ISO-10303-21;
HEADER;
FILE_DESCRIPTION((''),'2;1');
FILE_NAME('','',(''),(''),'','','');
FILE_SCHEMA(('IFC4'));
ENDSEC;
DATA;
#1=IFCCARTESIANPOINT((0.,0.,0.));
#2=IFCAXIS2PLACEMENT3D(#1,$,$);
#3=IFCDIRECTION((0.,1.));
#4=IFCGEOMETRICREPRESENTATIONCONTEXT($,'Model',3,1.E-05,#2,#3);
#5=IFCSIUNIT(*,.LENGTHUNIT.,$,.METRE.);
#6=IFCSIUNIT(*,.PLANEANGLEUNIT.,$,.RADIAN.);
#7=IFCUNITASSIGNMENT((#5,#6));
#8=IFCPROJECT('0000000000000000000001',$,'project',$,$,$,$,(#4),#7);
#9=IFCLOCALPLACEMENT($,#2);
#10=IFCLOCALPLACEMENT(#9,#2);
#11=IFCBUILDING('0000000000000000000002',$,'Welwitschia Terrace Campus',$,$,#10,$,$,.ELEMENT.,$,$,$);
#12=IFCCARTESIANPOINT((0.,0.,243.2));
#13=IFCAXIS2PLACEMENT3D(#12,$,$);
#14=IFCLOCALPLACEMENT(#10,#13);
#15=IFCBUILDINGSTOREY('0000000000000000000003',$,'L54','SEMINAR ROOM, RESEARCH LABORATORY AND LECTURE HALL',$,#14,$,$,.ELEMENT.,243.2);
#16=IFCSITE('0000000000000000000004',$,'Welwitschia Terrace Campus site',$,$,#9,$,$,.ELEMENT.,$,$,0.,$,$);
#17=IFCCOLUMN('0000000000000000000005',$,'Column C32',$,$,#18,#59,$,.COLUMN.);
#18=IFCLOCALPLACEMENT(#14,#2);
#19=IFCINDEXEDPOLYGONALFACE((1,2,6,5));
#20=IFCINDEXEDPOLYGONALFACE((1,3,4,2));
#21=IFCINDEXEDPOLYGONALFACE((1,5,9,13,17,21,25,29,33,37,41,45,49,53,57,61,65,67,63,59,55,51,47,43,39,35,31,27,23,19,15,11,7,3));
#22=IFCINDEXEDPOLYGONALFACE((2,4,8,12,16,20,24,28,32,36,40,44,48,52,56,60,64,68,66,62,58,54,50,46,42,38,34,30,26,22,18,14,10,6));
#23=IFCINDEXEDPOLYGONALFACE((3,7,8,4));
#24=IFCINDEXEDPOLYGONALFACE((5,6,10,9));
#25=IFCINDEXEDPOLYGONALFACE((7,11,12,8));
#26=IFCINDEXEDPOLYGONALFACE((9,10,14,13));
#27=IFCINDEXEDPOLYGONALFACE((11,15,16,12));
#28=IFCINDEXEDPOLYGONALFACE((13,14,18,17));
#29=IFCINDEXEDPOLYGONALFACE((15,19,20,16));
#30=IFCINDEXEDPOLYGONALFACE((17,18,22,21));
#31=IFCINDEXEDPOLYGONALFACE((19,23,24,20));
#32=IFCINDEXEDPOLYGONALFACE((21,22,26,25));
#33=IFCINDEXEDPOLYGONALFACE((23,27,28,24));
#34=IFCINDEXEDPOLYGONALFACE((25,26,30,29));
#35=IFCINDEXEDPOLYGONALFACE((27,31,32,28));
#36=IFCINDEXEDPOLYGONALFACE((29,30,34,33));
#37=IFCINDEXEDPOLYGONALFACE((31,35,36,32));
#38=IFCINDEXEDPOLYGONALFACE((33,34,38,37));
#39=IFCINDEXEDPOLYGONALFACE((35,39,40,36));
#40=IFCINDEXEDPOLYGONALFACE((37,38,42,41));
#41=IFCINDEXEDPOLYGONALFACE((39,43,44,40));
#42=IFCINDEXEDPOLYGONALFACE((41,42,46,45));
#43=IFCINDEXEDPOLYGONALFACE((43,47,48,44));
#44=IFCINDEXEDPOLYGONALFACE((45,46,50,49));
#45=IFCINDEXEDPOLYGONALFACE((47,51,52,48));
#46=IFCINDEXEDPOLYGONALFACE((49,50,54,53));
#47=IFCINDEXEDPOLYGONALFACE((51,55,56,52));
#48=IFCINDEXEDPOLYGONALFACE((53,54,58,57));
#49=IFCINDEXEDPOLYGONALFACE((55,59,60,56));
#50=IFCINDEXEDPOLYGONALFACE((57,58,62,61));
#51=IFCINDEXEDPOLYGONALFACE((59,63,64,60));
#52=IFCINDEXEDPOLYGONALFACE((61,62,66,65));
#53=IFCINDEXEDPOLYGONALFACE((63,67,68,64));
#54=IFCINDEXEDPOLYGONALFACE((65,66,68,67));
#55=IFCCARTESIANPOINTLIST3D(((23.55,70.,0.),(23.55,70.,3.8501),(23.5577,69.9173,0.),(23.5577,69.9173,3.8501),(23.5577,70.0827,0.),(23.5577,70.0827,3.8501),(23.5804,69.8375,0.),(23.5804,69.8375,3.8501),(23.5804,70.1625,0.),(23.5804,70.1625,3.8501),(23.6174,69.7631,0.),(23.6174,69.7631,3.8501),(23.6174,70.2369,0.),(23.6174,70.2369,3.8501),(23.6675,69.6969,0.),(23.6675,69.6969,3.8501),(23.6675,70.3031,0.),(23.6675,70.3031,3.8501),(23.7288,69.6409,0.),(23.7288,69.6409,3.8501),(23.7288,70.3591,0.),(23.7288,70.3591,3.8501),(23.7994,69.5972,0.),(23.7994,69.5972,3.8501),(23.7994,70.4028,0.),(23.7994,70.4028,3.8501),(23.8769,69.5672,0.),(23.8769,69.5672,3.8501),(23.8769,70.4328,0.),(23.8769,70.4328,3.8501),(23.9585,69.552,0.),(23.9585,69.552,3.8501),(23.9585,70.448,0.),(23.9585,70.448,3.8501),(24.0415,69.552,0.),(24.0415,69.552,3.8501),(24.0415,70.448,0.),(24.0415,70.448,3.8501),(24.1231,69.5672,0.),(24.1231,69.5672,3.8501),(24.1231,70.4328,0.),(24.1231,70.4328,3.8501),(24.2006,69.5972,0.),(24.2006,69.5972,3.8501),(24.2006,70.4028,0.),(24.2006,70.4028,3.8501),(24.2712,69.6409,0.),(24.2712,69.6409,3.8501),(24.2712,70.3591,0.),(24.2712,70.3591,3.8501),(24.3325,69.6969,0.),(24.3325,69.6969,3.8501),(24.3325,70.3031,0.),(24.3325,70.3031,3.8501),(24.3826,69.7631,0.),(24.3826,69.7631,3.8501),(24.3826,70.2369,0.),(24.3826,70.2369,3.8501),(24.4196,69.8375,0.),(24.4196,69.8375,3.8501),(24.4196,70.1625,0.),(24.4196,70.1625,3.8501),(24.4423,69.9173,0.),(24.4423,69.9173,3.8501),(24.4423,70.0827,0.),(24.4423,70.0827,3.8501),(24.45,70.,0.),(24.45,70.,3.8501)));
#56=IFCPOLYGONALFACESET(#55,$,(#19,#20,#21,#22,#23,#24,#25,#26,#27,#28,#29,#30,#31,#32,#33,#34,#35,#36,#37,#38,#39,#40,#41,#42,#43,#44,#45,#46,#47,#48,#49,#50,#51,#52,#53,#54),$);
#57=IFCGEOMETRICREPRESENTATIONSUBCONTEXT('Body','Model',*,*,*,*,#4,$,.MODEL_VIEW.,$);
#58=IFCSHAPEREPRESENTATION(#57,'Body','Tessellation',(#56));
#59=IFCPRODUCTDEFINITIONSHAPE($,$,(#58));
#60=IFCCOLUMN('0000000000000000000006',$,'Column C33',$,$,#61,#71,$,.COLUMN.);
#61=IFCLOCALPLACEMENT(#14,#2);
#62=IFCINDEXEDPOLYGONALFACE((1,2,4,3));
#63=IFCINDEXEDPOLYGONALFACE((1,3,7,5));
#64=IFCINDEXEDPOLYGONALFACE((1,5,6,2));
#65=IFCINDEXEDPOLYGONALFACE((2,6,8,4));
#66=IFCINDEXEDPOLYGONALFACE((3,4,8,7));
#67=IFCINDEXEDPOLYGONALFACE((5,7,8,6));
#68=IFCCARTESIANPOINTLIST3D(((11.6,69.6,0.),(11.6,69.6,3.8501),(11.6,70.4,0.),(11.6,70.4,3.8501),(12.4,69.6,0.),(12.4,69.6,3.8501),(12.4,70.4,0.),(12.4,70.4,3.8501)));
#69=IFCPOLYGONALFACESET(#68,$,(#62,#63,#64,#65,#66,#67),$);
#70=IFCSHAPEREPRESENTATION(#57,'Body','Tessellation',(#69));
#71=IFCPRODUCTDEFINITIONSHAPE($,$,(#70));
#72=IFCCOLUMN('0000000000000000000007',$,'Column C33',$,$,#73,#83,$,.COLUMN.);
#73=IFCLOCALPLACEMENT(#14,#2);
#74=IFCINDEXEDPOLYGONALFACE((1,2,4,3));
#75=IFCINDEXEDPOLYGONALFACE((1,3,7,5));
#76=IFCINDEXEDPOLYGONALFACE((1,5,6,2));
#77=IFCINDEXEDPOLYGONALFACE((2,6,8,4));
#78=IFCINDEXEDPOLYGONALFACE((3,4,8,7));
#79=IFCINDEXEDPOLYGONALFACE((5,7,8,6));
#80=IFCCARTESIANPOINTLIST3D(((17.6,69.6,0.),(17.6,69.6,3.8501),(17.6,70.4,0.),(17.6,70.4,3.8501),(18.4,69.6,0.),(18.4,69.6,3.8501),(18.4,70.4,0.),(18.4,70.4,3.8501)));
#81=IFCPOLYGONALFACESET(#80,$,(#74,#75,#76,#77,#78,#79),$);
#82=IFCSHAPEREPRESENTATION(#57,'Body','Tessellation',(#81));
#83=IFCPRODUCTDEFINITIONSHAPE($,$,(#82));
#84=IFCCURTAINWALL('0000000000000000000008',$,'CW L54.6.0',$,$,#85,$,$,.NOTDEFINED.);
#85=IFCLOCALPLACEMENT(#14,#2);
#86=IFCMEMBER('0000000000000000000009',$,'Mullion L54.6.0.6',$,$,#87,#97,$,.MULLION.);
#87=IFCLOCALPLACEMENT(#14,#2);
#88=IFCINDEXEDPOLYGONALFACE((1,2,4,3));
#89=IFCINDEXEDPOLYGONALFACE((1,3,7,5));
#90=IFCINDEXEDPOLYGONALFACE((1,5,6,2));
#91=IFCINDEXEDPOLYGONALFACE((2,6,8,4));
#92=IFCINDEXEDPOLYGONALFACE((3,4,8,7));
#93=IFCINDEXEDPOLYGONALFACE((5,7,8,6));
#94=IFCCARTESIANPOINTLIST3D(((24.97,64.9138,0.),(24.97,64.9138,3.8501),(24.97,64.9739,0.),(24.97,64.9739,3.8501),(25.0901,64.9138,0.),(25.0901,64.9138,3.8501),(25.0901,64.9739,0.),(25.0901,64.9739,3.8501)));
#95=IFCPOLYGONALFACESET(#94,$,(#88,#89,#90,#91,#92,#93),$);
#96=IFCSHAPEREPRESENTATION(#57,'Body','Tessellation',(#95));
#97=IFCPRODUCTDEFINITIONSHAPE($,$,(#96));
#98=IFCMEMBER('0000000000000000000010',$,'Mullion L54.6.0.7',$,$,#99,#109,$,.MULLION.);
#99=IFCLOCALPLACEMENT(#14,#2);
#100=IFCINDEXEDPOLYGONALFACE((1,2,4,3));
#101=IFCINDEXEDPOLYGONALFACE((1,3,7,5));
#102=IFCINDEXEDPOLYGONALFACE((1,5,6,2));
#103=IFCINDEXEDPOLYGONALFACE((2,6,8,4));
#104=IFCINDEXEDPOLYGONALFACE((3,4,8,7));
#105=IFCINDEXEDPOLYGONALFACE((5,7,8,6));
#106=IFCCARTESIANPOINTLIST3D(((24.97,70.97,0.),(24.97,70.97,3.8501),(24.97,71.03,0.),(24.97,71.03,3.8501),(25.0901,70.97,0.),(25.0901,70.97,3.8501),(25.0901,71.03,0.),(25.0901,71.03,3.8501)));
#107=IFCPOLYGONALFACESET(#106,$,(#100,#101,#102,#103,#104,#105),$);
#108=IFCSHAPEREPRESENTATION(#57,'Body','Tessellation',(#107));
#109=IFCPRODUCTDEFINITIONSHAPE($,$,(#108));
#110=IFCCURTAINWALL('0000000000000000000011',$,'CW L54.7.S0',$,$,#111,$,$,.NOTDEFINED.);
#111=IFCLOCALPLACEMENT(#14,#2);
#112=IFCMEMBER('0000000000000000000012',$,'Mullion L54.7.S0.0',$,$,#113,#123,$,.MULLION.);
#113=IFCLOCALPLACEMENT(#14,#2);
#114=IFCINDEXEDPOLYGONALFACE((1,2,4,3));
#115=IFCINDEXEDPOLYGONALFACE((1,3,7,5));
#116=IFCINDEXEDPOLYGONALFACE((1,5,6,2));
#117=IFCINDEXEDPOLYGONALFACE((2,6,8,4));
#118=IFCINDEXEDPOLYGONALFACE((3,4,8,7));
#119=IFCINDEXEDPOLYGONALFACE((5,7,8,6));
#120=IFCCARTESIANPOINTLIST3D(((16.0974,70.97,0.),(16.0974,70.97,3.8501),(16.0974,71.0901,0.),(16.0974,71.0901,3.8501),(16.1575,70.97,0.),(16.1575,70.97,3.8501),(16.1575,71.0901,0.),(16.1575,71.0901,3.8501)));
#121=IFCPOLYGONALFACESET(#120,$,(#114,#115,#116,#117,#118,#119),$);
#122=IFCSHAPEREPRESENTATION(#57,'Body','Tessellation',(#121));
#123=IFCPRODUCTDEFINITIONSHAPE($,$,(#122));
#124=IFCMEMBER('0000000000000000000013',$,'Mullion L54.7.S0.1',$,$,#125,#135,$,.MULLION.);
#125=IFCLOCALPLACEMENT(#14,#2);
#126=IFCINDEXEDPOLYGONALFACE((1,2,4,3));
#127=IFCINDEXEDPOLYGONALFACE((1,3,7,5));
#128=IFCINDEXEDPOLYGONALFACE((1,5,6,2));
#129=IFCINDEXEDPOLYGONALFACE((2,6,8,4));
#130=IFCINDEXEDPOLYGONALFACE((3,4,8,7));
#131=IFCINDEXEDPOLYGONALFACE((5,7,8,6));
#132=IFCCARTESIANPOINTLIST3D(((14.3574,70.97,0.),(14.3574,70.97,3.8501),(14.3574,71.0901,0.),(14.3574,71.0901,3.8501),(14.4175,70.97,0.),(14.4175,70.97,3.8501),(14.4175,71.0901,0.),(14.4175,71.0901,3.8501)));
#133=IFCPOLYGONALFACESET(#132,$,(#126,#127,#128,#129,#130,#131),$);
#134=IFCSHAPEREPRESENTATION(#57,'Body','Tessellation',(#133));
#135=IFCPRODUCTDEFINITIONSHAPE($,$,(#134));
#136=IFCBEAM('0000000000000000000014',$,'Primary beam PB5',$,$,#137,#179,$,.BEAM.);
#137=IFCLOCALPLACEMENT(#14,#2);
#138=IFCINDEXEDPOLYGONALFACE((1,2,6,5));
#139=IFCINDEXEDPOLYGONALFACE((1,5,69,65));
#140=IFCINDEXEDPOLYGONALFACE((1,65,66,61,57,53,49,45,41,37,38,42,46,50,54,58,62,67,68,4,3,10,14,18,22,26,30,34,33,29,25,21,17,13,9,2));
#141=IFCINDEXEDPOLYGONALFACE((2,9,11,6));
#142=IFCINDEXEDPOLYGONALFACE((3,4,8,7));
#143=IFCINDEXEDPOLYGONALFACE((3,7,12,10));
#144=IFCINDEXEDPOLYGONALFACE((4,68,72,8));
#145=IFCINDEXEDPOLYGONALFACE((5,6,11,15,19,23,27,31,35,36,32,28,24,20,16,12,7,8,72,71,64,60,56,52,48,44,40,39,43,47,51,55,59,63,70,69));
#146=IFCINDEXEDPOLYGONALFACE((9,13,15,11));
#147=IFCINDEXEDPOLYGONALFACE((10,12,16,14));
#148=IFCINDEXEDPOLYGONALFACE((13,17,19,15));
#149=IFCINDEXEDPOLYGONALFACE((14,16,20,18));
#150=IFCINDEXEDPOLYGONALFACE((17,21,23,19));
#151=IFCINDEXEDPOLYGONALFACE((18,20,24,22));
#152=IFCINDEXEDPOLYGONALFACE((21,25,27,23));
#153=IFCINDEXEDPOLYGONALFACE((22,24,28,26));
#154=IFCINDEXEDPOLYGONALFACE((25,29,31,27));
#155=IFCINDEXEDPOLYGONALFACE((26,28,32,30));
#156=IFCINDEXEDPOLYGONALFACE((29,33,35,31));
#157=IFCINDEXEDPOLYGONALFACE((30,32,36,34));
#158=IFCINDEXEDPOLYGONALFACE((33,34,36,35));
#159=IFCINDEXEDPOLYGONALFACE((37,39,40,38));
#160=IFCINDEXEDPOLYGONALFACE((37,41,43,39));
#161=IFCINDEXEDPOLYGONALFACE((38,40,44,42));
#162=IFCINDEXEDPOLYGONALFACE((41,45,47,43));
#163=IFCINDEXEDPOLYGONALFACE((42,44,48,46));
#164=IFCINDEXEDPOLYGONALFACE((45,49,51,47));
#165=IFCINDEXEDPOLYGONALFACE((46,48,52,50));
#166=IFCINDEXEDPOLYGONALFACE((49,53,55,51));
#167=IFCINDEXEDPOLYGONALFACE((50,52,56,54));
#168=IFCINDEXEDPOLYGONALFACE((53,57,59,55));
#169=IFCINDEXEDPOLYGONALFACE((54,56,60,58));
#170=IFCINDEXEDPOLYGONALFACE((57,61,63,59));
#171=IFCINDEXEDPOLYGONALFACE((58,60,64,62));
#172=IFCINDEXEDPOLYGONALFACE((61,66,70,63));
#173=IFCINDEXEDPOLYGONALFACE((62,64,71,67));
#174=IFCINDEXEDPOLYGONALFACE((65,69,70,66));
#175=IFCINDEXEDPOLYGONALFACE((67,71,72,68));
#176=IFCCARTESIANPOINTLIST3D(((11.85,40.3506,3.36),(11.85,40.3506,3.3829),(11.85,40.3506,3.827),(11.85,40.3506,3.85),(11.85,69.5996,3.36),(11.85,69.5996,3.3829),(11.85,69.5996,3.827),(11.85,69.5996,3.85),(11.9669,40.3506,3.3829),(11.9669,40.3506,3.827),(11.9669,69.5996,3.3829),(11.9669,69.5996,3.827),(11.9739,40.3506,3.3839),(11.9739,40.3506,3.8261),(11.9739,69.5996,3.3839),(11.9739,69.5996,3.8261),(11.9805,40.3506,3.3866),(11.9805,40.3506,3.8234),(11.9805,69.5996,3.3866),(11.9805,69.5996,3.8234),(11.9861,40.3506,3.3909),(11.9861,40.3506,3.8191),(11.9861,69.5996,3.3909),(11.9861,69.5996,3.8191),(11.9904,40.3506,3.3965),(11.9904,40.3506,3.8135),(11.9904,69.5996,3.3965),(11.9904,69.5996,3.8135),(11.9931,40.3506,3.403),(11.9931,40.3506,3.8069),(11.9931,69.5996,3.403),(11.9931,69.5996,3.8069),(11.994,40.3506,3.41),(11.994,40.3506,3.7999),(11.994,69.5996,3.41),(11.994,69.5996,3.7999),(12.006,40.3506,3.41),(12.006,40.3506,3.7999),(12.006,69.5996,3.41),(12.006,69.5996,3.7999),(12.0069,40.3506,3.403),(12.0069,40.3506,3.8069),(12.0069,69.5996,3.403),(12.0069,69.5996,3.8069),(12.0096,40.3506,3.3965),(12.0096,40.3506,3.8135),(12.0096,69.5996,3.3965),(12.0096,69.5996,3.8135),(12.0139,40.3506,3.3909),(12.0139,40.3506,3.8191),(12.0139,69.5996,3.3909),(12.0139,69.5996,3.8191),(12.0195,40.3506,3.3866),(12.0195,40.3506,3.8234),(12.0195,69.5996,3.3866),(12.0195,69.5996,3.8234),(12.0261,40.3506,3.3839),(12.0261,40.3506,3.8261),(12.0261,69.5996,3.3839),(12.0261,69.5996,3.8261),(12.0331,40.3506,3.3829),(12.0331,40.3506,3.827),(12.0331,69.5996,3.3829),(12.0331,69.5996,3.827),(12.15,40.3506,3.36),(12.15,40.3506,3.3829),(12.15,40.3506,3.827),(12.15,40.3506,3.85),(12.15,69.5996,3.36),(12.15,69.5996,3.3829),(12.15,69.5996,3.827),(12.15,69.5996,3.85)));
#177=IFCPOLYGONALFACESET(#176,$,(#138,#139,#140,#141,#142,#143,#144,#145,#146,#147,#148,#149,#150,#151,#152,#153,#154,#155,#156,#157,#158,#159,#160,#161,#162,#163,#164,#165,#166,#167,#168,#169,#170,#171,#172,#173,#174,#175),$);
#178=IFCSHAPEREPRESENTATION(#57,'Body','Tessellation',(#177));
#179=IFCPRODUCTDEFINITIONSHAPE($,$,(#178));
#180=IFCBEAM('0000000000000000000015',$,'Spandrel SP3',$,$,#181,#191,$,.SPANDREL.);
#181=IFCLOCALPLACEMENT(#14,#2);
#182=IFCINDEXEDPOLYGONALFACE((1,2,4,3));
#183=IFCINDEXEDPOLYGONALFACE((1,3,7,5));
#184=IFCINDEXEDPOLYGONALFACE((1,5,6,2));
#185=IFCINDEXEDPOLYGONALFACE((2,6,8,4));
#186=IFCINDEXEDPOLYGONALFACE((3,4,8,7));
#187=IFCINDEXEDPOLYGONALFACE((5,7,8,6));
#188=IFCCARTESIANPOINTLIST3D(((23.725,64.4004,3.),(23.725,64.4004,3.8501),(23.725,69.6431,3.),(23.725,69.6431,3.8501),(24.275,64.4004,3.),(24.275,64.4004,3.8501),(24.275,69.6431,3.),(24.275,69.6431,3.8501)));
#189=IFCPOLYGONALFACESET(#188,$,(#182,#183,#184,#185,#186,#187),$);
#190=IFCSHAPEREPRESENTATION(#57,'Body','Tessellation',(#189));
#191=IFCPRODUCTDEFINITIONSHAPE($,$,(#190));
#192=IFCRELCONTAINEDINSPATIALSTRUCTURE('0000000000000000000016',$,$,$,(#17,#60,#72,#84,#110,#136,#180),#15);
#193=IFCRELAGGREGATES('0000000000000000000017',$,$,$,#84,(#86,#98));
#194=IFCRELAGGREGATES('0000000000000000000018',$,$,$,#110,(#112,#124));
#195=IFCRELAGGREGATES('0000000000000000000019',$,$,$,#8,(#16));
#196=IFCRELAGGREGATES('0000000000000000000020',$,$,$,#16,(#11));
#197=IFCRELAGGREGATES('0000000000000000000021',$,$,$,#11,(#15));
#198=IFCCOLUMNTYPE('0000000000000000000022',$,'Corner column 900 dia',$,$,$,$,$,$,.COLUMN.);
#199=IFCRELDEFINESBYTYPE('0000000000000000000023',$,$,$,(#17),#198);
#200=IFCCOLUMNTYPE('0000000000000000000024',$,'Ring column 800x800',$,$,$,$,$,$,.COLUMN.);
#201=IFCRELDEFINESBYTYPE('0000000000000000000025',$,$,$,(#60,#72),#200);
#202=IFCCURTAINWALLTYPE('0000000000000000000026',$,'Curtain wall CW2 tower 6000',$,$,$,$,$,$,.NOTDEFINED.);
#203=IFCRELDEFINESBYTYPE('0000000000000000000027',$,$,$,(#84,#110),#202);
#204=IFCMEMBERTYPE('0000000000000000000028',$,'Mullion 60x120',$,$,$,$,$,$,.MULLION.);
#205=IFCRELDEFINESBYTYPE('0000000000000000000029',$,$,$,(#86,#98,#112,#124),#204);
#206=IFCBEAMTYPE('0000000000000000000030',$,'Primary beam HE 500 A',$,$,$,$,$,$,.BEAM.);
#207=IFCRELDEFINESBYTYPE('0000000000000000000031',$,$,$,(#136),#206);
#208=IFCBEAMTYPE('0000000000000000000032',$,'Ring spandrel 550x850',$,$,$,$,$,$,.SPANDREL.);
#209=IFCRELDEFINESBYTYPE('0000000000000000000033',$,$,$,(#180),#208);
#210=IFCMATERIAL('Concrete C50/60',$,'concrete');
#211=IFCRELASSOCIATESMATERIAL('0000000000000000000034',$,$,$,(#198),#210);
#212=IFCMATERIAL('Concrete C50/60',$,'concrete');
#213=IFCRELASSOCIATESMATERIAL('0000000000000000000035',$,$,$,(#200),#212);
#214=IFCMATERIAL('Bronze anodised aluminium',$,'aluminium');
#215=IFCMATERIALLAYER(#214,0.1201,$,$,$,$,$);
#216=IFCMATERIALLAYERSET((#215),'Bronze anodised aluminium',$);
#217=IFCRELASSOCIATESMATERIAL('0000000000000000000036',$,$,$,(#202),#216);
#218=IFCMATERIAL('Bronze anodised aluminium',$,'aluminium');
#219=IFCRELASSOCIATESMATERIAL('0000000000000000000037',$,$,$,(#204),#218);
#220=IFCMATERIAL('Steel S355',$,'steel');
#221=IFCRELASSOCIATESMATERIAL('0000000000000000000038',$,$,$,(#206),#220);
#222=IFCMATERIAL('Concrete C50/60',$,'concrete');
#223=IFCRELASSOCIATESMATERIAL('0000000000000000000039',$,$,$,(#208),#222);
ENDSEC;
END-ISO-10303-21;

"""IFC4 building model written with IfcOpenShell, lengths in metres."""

from ifc_helpers import new_model, si_unit, direction, frame, origin, origin_2d, place, context, subcontext, project, spatial, rectangle, circle, i_section, extrude, material, layer, layer_set, material_profile, profile_set, type_object, element, aggregate, save


model = new_model("IFC4")

# Units and contexts
model_context = context("Model", 3, precision=1e-05, world=origin(), true_north=direction((0.0, 1.0)))
body_context = subcontext(model_context, "Body", "Model", "MODEL_VIEW")
ifc_project = project(units=[si_unit("LENGTHUNIT", "METRE"), si_unit("PLANEANGLEUNIT", "RADIAN")], contexts=[model_context])

# Site, building, storey
site_placement = place(None, origin())
site = spatial("IfcSite", under=ifc_project, at=site_placement, Name="Welwitschia Terrace Campus site", CompositionType="ELEMENT", RefElevation=0.0)
building_placement = place(site_placement, origin())
building = spatial("IfcBuilding", under=site, at=building_placement, Name="Welwitschia Terrace Campus", CompositionType="ELEMENT")
storey_placement = place(building_placement, frame((0.0, 0.0, 243.2)))
storey = spatial("IfcBuildingStorey", under=building, at=storey_placement, Name="L54", Description="SEMINAR ROOM, RESEARCH LABORATORY AND LECTURE HALL", CompositionType="ELEMENT", Elevation=243.2)

# Columns
ifc_material_1 = material(Name="Concrete C50/60", Category="concrete")
ifc_material_profile_1 = material_profile(ifc_material_1, circle(Radius=0.45, at=origin_2d()))
ifc_profile_set_1 = profile_set([ifc_material_profile_1], Name="Concrete C50/60")
column_type_1 = type_object("IfcColumnType", Name="Corner column 900 dia", PredefinedType="COLUMN", material=ifc_profile_set_1)
column_placement = place(storey_placement, frame((24.0, 70.0, 0.0), z_axis=(0.0, 0.0, 1.0), x_axis=(1.0, 0.0, 0.0)))
element("IfcColumn", 1, at=column_placement, inside=storey, type_object=column_type_1, Name="Column C32", PredefinedType="COLUMN", context=body_context, shape_type="SweptSolid", body=[
    extrude(circle(Radius=0.45, at=origin_2d()), origin(), (0.0, 0.0, 1.0), 3.8501),
])
ifc_material_2 = material(Name="Concrete C50/60", Category="concrete")
ifc_material_profile_2 = material_profile(ifc_material_2, rectangle(XDim=0.8, YDim=0.8, at=origin_2d()))
ifc_profile_set_2 = profile_set([ifc_material_profile_2], Name="Concrete C50/60")
column_type_2 = type_object("IfcColumnType", Name="Ring column 800x800", PredefinedType="COLUMN", material=ifc_profile_set_2)
for number, where, z_axis, x_axis, name in (
    (2, (12.0, 70.0, 0.0), (0.0, 0.0, 1.0), (1.0, 0.0, 0.0), "Column C33"),
    (3, (18.0, 70.0, 0.0), (0.0, 0.0, 1.0), (1.0, 0.0, 0.0), "Column C33"),
):
    element("IfcColumn", number, at=place(storey_placement, frame(where, z_axis=z_axis, x_axis=x_axis)), inside=storey, type_object=column_type_2, Name=name, PredefinedType="COLUMN", context=body_context, shape_type="SweptSolid", body=[
        extrude(rectangle(XDim=0.8, YDim=0.8, at=origin_2d()), origin(), (0.0, 0.0, 1.0), 3.8501),
    ])

# Curtain walls, members
ifc_material_3 = material(Name="Bronze anodised aluminium", Category="aluminium")
ifc_layer_1 = layer(ifc_material_3, 0.1201)
ifc_layer_set_1 = layer_set([ifc_layer_1], Name="Bronze anodised aluminium")
curtain_wall_type = type_object("IfcCurtainWallType", Name="Curtain wall CW2 tower 6000", PredefinedType="NOTDEFINED", material=ifc_layer_set_1)
curtain_wall_1_placement = place(storey_placement, origin())
curtain_wall_1 = element("IfcCurtainWall", 4, at=curtain_wall_1_placement, inside=storey, type_object=curtain_wall_type, Name="CW L54.6.0", PredefinedType="NOTDEFINED")
ifc_material_4 = material(Name="Bronze anodised aluminium", Category="aluminium")
ifc_material_profile_3 = material_profile(ifc_material_4, rectangle(XDim=0.1201, YDim=0.0601, at=origin_2d()))
ifc_profile_set_3 = profile_set([ifc_material_profile_3], Name="Bronze anodised aluminium")
member_type_1 = type_object("IfcMemberType", Name="Mullion 60x120", PredefinedType="MULLION", material=ifc_profile_set_3)
member_1_placement = place(storey_placement, frame((25.03, 64.9438, 0.0), z_axis=(0.0, 0.0, 1.0), x_axis=(-1.0, 0.0, 0.0)))
member_1 = element("IfcMember", 5, at=member_1_placement, type_object=member_type_1, Name="Mullion L54.6.0.6", PredefinedType="MULLION", context=body_context, shape_type="SweptSolid", body=[
    extrude(rectangle(XDim=0.1201, YDim=0.0601, at=origin_2d()), origin(), (0.0, 0.0, 1.0), 3.8501),
])
member_2_placement = place(storey_placement, frame((25.03, 71.0, 0.0), z_axis=(0.0, 0.0, 1.0), x_axis=(-1.0, 0.0, 0.0)))
member_2 = element("IfcMember", 6, at=member_2_placement, type_object=member_type_1, Name="Mullion L54.6.0.7", PredefinedType="MULLION", context=body_context, shape_type="SweptSolid", body=[
    extrude(rectangle(XDim=0.1201, YDim=0.0601, at=origin_2d()), origin(), (0.0, 0.0, 1.0), 3.8501),
])
curtain_wall_2_placement = place(storey_placement, origin())
curtain_wall_2 = element("IfcCurtainWall", 7, at=curtain_wall_2_placement, inside=storey, type_object=curtain_wall_type, Name="CW L54.7.S0", PredefinedType="NOTDEFINED")
member_3_placement = place(storey_placement, frame((16.1274, 71.03, 0.0), z_axis=(0.0, 0.0, 1.0), x_axis=(0.0, -1.0, 0.0)))
member_3 = element("IfcMember", 8, at=member_3_placement, type_object=member_type_1, Name="Mullion L54.7.S0.0", PredefinedType="MULLION", context=body_context, shape_type="SweptSolid", body=[
    extrude(rectangle(XDim=0.1201, YDim=0.0601, at=origin_2d()), origin(), (0.0, 0.0, 1.0), 3.8501),
])
member_4_placement = place(storey_placement, frame((14.3875, 71.03, 0.0), z_axis=(0.0, 0.0, 1.0), x_axis=(0.0, -1.0, 0.0)))
member_4 = element("IfcMember", 9, at=member_4_placement, type_object=member_type_1, Name="Mullion L54.7.S0.1", PredefinedType="MULLION", context=body_context, shape_type="SweptSolid", body=[
    extrude(rectangle(XDim=0.1201, YDim=0.0601, at=origin_2d()), origin(), (0.0, 0.0, 1.0), 3.8501),
])

# Beams
ifc_material_5 = material(Name="Steel S355", Category="steel")
ifc_material_profile_4 = material_profile(ifc_material_5, i_section(OverallWidth=0.3, OverallDepth=0.49, WebThickness=0.012, FlangeThickness=0.0229, FilletRadius=0.0271, at=origin_2d()))
ifc_profile_set_4 = profile_set([ifc_material_profile_4], Name="Steel S355")
beam_type_1 = type_object("IfcBeamType", Name="Primary beam HE 500 A", PredefinedType="BEAM", material=ifc_profile_set_4)
beam_placement = place(storey_placement, frame((12.0, 69.5996, 3.605), z_axis=(0.0, -1.0, 0.0), x_axis=(1.0, 0.0, 0.0)))
element("IfcBeam", 10, at=beam_placement, inside=storey, type_object=beam_type_1, Name="Primary beam PB5", PredefinedType="BEAM", context=body_context, shape_type="SweptSolid", body=[
    extrude(i_section(OverallWidth=0.3, OverallDepth=0.49, WebThickness=0.012, FlangeThickness=0.0229, FilletRadius=0.0271, at=origin_2d()), origin(), (0.0, 0.0, 1.0), 29.249),
])
ifc_material_6 = material(Name="Concrete C50/60", Category="concrete")
ifc_material_profile_5 = material_profile(ifc_material_6, rectangle(XDim=0.55, YDim=0.8501, at=origin_2d()))
ifc_profile_set_5 = profile_set([ifc_material_profile_5], Name="Concrete C50/60")
beam_type_2 = type_object("IfcBeamType", Name="Ring spandrel 550x850", PredefinedType="SPANDREL", material=ifc_profile_set_5)
for number, where, z_axis, x_axis, name in (
    (11, (24.0, 64.4004, 3.425), (0.0, 1.0, 0.0), (-1.0, 0.0, 0.0), "Spandrel SP3"),
):
    element("IfcBeam", number, at=place(storey_placement, frame(where, z_axis=z_axis, x_axis=x_axis)), inside=storey, type_object=beam_type_2, Name=name, PredefinedType="SPANDREL", context=body_context, shape_type="SweptSolid", body=[
        extrude(rectangle(XDim=0.55, YDim=0.8501, at=origin_2d()), origin(), (0.0, 0.0, 1.0), 5.2427),
    ])

aggregate(curtain_wall_1, [member_1, member_2])
aggregate(curtain_wall_2, [member_3, member_4])

save(model, "model.ifc")
